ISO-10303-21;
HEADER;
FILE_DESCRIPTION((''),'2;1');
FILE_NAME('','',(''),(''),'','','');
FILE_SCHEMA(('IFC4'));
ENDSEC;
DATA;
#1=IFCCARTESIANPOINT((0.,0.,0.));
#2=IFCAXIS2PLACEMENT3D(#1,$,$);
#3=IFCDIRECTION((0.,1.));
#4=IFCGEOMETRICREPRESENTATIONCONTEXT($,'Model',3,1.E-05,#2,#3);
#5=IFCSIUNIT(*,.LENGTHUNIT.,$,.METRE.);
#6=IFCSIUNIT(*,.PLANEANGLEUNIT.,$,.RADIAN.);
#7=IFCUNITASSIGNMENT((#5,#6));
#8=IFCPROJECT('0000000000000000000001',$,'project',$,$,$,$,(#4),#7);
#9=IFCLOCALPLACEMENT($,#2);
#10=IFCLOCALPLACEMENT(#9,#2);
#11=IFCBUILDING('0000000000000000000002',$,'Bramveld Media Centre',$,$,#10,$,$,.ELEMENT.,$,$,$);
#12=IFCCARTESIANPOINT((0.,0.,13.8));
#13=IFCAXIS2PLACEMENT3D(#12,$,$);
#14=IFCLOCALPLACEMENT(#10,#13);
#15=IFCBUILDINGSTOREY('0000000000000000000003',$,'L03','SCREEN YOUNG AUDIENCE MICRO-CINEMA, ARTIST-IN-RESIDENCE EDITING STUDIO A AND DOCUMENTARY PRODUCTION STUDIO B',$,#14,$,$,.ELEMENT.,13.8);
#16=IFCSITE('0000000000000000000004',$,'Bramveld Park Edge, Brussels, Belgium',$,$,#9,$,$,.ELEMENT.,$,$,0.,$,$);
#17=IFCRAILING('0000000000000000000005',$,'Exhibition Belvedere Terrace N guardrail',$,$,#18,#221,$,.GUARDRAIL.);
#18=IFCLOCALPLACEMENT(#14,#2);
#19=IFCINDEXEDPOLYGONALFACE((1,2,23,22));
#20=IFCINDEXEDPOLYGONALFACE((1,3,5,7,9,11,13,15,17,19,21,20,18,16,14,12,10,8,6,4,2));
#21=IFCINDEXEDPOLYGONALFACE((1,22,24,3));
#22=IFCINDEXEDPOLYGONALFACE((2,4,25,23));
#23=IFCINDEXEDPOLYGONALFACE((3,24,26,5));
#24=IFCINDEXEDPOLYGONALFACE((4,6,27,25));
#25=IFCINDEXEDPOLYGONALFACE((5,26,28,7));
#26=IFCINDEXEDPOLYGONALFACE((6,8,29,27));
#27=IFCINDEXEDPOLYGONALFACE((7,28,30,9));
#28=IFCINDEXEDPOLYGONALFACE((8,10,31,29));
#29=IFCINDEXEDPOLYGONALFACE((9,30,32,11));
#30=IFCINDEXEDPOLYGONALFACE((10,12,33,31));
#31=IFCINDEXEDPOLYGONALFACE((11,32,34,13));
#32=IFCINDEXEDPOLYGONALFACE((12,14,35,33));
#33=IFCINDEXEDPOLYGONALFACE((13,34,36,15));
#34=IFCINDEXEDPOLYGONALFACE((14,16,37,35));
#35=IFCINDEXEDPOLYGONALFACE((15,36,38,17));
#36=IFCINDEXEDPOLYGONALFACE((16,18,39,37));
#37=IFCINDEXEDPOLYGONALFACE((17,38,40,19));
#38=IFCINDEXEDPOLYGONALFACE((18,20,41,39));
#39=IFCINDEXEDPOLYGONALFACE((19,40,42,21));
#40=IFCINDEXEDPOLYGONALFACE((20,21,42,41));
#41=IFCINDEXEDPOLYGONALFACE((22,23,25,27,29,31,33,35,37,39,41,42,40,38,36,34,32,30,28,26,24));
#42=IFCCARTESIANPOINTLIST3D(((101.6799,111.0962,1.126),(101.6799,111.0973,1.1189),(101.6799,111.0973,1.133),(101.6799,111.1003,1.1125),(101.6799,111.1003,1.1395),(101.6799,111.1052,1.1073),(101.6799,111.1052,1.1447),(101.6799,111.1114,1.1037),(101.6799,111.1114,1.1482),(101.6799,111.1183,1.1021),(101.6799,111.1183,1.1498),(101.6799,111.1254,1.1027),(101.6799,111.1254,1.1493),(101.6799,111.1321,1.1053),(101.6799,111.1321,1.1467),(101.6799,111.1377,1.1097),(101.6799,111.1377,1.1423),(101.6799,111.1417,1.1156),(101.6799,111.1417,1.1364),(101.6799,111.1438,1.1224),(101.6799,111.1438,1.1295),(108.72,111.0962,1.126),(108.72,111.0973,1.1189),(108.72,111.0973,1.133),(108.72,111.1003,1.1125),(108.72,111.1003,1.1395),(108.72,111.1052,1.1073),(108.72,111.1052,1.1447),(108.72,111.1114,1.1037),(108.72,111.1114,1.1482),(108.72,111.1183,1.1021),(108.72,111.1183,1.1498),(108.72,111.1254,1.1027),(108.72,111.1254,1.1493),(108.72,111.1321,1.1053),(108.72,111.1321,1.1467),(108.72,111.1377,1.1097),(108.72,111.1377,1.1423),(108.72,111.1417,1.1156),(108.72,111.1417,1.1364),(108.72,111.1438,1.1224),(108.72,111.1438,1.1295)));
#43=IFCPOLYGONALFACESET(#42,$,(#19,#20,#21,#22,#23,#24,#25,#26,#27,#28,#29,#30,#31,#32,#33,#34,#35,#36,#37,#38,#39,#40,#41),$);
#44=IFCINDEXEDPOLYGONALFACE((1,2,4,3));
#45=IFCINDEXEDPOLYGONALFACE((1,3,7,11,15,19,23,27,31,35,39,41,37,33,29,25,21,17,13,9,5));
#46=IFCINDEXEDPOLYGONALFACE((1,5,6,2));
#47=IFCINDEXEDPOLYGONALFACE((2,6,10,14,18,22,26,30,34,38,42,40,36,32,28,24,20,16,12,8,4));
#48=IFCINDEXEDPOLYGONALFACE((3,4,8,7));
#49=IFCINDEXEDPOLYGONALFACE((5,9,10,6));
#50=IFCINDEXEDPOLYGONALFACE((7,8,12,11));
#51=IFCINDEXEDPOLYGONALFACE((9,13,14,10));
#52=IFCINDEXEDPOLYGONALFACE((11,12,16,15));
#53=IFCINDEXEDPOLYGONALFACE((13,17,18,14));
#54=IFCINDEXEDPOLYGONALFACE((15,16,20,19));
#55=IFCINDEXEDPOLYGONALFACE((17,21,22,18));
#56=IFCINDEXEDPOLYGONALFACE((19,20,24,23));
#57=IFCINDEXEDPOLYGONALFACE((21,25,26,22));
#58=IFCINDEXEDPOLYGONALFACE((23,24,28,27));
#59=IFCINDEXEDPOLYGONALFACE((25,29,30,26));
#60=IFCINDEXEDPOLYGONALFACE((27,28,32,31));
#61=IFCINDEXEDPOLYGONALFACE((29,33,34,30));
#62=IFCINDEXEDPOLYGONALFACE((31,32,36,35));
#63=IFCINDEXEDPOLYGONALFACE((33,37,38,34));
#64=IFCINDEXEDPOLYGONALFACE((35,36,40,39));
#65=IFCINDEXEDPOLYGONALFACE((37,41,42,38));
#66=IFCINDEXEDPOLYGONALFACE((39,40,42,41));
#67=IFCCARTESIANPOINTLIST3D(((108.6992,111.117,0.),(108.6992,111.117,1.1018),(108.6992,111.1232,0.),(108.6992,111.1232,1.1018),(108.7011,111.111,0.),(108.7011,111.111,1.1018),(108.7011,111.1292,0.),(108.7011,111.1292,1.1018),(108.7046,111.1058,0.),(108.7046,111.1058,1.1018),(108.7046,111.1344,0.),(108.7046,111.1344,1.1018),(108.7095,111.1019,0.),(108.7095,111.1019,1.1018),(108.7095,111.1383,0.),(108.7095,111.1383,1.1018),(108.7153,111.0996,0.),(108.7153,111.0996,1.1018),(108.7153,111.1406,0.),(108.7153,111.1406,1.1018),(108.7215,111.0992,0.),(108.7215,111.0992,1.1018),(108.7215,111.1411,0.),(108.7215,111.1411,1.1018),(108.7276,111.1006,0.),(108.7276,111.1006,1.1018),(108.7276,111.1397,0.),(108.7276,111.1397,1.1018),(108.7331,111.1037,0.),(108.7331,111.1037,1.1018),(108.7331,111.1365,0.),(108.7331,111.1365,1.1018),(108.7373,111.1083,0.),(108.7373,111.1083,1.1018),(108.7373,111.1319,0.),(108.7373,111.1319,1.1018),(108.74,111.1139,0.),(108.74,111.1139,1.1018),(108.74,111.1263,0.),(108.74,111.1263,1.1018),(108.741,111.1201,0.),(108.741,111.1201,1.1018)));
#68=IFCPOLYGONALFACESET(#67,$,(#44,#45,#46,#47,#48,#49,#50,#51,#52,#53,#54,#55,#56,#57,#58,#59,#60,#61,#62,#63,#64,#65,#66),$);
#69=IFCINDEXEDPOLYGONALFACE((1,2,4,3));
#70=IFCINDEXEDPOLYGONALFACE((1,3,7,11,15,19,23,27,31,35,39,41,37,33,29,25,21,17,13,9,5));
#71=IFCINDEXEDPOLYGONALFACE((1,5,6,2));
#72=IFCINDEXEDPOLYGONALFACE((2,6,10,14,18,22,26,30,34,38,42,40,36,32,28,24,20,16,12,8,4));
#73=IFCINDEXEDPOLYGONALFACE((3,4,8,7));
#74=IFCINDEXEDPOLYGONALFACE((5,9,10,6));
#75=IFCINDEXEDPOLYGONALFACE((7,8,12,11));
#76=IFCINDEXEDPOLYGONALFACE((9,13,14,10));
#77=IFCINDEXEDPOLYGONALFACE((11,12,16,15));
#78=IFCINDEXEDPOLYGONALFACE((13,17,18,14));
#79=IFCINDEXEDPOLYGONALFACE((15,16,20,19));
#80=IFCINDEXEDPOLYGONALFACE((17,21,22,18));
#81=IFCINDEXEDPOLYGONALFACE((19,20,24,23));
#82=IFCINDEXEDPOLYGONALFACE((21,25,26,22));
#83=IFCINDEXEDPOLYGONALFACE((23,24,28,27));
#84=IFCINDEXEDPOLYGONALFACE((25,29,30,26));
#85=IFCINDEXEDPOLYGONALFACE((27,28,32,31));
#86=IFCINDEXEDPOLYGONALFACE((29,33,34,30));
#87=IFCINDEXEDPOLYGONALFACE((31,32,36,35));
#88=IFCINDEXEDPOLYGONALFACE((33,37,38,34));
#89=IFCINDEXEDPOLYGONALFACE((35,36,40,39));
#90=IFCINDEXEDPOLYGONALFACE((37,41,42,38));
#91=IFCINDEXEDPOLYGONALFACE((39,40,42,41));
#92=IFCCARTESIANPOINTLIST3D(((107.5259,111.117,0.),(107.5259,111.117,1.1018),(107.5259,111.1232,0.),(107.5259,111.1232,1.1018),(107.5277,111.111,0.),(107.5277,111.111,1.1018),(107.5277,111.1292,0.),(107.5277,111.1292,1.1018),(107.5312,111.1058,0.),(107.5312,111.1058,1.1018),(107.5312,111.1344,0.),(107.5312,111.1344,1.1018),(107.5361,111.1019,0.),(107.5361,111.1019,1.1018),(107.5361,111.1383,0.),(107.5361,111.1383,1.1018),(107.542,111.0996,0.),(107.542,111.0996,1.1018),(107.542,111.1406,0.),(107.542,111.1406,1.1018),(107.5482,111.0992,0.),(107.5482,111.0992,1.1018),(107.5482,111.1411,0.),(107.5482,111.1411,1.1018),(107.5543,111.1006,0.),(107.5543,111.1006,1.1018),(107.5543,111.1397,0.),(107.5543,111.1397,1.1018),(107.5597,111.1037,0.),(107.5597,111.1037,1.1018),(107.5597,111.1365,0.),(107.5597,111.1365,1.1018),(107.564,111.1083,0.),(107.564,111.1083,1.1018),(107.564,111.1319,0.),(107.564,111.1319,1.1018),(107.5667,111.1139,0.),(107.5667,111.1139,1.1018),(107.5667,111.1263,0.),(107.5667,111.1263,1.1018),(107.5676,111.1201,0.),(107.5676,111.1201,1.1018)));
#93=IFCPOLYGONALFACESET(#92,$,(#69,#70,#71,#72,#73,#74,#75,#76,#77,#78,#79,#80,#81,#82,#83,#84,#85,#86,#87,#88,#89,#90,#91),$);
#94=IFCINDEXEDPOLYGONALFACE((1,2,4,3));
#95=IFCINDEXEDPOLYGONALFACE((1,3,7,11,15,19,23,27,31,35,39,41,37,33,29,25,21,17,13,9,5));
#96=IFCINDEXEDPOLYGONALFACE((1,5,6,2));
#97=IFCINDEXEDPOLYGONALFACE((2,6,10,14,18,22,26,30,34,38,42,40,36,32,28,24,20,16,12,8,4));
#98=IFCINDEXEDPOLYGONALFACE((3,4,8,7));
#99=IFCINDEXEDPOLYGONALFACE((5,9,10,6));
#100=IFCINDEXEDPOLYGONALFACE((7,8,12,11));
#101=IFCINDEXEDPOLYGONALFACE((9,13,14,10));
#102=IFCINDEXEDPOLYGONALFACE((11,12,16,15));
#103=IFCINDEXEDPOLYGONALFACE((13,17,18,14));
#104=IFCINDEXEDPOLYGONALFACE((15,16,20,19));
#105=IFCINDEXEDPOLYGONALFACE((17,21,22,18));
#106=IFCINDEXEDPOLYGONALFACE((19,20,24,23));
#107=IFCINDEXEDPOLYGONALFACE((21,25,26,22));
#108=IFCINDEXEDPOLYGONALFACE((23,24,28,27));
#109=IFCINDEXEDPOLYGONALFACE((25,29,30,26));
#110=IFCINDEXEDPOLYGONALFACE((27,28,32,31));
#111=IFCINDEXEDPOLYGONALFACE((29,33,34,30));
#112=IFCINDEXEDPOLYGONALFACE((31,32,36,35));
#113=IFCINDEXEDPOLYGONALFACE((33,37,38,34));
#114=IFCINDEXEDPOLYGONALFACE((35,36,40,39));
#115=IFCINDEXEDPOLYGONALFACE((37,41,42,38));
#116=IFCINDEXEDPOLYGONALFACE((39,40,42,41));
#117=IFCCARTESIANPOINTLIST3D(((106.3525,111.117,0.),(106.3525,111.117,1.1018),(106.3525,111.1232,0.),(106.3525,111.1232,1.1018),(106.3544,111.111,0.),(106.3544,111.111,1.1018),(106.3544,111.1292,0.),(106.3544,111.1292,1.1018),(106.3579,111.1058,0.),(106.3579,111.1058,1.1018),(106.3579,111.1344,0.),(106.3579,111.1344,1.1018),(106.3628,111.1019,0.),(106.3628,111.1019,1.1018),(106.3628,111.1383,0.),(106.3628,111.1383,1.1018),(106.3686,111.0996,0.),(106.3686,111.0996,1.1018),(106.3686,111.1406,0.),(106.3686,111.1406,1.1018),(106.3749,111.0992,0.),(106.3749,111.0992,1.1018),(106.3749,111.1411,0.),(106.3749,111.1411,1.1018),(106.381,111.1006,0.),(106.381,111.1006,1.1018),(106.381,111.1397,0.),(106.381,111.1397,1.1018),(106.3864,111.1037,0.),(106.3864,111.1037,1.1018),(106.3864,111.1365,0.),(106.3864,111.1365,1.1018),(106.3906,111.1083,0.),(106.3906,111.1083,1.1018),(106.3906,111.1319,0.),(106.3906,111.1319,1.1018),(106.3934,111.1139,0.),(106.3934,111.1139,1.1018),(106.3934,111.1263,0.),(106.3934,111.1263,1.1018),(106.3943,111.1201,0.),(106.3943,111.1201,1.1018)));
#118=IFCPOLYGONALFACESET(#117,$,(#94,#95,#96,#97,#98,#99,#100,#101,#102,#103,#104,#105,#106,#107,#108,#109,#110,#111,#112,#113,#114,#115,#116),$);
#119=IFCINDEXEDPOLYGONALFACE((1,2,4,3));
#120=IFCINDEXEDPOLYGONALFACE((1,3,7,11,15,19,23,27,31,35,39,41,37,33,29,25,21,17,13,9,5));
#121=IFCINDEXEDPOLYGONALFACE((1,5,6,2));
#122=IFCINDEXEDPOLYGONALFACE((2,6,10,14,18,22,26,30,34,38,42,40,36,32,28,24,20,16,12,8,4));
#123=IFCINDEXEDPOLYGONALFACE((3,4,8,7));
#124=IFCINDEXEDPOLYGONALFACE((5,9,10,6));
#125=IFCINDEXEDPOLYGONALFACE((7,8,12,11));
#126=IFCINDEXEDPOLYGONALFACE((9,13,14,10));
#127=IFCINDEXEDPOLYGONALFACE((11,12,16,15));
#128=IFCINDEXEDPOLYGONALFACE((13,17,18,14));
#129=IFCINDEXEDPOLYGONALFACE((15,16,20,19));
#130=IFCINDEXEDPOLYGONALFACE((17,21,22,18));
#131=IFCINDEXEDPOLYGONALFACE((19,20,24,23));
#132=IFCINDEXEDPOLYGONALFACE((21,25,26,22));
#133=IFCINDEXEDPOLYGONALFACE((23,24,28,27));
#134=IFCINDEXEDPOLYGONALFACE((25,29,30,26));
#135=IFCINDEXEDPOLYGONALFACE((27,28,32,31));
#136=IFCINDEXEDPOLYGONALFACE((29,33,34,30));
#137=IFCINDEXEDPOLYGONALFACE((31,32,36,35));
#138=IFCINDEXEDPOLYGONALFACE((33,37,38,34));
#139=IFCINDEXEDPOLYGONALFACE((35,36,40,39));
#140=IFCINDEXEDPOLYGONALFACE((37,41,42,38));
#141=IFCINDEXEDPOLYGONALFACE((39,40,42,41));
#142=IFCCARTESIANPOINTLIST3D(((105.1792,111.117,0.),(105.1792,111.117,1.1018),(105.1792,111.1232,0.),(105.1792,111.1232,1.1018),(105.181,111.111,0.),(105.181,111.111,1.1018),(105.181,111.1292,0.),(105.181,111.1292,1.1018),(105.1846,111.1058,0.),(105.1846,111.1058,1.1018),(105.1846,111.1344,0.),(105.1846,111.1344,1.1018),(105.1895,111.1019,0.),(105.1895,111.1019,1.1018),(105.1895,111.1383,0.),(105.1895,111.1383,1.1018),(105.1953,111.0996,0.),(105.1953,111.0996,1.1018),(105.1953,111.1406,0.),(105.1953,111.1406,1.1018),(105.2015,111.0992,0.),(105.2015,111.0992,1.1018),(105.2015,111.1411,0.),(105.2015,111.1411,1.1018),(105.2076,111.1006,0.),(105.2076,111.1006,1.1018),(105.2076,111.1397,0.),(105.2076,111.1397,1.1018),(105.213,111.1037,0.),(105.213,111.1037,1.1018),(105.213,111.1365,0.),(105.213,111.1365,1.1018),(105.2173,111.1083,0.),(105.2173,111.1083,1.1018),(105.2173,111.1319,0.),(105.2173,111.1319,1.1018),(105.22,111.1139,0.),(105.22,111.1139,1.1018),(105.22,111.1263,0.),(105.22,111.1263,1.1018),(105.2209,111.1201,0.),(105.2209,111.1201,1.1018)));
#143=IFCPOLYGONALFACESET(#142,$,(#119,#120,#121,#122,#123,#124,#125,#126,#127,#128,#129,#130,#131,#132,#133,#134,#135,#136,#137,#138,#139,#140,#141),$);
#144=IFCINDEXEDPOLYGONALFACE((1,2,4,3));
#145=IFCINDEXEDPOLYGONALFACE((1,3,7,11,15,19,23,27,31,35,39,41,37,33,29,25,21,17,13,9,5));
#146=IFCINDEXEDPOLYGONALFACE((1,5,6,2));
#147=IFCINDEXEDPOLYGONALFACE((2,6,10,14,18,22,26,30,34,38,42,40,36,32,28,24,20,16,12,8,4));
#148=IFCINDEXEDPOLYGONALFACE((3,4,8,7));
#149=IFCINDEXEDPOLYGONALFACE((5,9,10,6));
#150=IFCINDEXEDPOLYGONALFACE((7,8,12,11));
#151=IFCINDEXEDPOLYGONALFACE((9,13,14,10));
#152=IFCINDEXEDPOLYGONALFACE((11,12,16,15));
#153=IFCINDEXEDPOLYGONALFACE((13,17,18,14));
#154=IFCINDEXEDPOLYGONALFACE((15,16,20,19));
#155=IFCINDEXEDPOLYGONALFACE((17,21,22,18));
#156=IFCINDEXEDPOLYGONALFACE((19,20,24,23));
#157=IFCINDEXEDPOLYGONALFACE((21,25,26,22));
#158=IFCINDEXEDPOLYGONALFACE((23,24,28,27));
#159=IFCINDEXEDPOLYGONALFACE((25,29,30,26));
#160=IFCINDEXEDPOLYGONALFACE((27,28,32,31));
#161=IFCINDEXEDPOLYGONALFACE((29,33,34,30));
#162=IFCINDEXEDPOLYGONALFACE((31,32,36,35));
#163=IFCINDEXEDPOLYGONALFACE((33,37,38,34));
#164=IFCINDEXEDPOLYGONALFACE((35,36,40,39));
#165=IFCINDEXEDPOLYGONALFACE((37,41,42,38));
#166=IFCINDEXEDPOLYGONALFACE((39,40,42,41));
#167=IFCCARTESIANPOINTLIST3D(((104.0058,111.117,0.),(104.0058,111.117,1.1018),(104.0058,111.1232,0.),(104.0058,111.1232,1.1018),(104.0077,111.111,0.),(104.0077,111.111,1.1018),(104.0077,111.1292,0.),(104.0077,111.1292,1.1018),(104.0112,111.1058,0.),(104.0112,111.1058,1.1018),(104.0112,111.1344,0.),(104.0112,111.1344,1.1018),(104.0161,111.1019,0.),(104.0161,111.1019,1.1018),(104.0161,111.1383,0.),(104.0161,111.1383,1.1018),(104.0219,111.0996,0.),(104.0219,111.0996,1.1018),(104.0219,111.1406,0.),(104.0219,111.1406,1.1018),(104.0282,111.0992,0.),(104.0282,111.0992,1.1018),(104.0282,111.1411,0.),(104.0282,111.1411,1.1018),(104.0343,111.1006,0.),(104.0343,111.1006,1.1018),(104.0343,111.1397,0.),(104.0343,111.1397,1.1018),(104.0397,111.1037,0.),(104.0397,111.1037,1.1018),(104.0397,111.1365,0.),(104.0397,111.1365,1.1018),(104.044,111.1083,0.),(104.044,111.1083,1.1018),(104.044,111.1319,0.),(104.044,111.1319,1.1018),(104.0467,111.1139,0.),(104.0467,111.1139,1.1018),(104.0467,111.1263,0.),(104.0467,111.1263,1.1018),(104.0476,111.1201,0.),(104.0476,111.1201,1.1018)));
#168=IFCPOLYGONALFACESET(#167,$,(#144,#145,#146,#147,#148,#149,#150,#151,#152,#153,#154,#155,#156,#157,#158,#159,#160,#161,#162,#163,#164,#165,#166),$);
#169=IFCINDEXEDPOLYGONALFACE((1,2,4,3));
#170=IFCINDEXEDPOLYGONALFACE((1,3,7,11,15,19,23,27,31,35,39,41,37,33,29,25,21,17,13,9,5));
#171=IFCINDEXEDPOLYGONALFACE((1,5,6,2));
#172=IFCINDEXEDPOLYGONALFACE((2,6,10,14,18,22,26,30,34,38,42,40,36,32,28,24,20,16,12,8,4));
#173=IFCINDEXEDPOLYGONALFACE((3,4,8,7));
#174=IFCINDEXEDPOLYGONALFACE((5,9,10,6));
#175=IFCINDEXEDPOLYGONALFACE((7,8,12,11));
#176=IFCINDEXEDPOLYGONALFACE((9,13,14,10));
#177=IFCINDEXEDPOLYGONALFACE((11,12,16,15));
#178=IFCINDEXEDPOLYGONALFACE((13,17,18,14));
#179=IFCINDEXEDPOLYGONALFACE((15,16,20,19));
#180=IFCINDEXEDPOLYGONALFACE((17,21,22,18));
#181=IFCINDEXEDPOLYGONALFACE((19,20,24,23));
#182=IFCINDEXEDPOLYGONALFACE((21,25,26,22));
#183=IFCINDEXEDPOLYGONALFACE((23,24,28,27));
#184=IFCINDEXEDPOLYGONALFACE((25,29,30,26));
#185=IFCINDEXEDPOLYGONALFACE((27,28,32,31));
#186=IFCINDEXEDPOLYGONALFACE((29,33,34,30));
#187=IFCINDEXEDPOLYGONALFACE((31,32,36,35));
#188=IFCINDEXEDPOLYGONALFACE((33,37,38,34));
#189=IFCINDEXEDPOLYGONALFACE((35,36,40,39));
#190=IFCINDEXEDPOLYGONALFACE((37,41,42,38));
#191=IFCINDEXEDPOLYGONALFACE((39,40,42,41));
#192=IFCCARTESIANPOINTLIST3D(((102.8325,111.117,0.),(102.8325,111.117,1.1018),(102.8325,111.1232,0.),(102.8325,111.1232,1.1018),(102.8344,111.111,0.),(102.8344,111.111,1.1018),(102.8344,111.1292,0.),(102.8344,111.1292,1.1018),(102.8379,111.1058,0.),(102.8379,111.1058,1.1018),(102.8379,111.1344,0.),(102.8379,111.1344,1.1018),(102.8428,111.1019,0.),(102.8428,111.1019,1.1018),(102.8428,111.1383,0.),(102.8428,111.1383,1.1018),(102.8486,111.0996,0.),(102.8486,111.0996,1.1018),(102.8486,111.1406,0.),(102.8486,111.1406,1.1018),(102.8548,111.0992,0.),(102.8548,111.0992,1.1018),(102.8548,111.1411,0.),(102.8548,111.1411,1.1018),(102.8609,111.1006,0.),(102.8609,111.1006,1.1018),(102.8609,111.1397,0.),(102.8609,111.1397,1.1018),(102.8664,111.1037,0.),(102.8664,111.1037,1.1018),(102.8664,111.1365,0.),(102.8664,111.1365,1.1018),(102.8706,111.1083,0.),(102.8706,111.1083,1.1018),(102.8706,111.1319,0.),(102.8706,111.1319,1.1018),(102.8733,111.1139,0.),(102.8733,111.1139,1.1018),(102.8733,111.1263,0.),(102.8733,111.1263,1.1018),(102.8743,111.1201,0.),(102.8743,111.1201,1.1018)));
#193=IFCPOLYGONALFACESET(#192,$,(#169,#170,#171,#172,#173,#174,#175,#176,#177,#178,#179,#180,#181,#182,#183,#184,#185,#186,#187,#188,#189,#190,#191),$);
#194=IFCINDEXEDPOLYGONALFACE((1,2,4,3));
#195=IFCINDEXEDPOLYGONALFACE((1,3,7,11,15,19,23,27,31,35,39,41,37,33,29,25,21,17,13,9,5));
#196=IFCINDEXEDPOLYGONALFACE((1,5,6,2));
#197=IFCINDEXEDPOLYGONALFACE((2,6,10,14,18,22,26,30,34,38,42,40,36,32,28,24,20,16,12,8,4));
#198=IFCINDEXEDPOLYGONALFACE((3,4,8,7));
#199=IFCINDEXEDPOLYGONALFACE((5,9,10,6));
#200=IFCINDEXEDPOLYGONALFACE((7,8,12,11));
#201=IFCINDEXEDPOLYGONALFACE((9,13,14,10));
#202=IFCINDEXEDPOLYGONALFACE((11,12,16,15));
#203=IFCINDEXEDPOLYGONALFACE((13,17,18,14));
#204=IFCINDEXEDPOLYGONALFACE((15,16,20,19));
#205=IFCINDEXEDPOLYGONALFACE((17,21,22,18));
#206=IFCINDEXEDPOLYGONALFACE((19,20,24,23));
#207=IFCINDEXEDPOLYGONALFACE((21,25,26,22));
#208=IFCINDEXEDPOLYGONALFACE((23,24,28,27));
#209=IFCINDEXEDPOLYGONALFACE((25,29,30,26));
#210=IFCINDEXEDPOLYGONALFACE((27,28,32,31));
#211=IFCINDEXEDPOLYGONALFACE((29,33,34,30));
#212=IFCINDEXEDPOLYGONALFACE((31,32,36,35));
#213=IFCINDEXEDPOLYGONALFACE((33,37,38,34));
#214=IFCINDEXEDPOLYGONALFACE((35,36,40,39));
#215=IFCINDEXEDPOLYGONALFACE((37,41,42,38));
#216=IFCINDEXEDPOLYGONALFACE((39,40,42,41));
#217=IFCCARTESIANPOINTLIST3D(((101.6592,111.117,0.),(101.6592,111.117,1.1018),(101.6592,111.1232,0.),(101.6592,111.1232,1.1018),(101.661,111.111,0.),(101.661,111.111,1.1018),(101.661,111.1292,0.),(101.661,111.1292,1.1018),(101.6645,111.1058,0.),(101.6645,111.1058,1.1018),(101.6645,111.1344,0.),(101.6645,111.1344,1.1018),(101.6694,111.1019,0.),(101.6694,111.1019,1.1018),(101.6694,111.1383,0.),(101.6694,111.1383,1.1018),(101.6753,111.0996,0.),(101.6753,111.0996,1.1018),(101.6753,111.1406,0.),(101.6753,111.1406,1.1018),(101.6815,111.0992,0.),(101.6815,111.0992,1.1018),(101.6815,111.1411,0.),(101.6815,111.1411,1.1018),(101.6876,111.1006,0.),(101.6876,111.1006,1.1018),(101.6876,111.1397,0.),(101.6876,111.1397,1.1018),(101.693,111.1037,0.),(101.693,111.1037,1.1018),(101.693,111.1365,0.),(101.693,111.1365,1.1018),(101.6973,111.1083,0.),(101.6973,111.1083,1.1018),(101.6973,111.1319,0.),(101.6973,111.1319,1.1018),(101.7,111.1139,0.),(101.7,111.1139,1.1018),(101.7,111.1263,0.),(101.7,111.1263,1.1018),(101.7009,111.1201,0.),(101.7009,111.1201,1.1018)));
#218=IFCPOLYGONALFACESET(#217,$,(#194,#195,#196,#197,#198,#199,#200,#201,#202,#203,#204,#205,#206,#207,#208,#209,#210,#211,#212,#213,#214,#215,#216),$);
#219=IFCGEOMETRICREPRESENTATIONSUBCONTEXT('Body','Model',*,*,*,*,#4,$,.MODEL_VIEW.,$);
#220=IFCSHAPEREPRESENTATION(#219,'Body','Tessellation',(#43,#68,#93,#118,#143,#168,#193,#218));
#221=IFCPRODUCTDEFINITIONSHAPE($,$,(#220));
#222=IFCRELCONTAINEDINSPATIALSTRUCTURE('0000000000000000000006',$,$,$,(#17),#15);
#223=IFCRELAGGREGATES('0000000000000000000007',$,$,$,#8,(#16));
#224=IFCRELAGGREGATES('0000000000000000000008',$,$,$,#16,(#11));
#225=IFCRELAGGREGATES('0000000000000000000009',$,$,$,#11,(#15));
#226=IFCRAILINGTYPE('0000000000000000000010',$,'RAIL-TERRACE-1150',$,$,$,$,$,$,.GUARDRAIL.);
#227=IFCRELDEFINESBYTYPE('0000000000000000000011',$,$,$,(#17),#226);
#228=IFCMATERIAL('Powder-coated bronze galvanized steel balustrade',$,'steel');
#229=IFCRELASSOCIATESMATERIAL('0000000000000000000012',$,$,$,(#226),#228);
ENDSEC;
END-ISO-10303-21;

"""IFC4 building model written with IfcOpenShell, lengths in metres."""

from ifc_helpers import new_model, si_unit, direction, frame, origin, origin_2d, place, context, subcontext, project, spatial, circle, extrude, material, type_object, element, save


model = new_model("IFC4")

# Units and contexts
model_context = context("Model", 3, precision=1e-05, world=origin(), true_north=direction((0.0, 1.0)))
body_context = subcontext(model_context, "Body", "Model", "MODEL_VIEW")
ifc_project = project(units=[si_unit("LENGTHUNIT", "METRE"), si_unit("PLANEANGLEUNIT", "RADIAN")], contexts=[model_context])

# Site, building, storey
site_placement = place(None, origin())
site = spatial("IfcSite", under=ifc_project, at=site_placement, Name="Bramveld Park Edge, Brussels, Belgium", CompositionType="ELEMENT", RefElevation=0.0)
building_placement = place(site_placement, origin())
building = spatial("IfcBuilding", under=site, at=building_placement, Name="Bramveld Media Centre", CompositionType="ELEMENT")
storey_placement = place(building_placement, frame((0.0, 0.0, 13.8)))
storey = spatial("IfcBuildingStorey", under=building, at=storey_placement, Name="L03", Description="SCREEN YOUNG AUDIENCE MICRO-CINEMA, ARTIST-IN-RESIDENCE EDITING STUDIO A AND DOCUMENTARY PRODUCTION STUDIO B", CompositionType="ELEMENT", Elevation=13.8)

# Railing
ifc_material_1 = material(Name="Powder-coated bronze galvanized steel balustrade", Category="steel")
railing_type = type_object("IfcRailingType", Name="RAIL-TERRACE-1150", PredefinedType="GUARDRAIL", material=ifc_material_1)
railing_placement = place(storey_placement, frame((108.72, 111.1201, 0.0)))
element("IfcRailing", 1, at=railing_placement, inside=storey, type_object=railing_type, Name="Exhibition Belvedere Terrace N guardrail", PredefinedType="GUARDRAIL", context=body_context, shape_type="SweptSolid", body=[
    extrude(circle(Radius=0.0239, at=origin_2d()), frame((0.0, 0.0, 1.126), z_axis=(-1.0, 0.0, 0.0), x_axis=(0.0, -1.0, 0.0)), (0.0, 0.0, 1.0), 7.04),
    extrude(circle(Radius=0.021, at=origin_2d()), origin(), (0.0, 0.0, 1.0), 1.1018),
    extrude(circle(Radius=0.021, at=origin_2d()), frame((-1.1733, 0.0, 0.0)), (0.0, 0.0, 1.0), 1.1018),
    extrude(circle(Radius=0.021, at=origin_2d()), frame((-2.3467, 0.0, 0.0)), (0.0, 0.0, 1.0), 1.1018),
    extrude(circle(Radius=0.021, at=origin_2d()), frame((-3.52, 0.0, 0.0)), (0.0, 0.0, 1.0), 1.1018),
    extrude(circle(Radius=0.021, at=origin_2d()), frame((-4.6934, 0.0, 0.0)), (0.0, 0.0, 1.0), 1.1018),
    extrude(circle(Radius=0.021, at=origin_2d()), frame((-5.8667, 0.0, 0.0)), (0.0, 0.0, 1.0), 1.1018),
    extrude(circle(Radius=0.021, at=origin_2d()), frame((-7.04, 0.0, 0.0)), (0.0, 0.0, 1.0), 1.1018),
])

save(model, "model.ifc")
